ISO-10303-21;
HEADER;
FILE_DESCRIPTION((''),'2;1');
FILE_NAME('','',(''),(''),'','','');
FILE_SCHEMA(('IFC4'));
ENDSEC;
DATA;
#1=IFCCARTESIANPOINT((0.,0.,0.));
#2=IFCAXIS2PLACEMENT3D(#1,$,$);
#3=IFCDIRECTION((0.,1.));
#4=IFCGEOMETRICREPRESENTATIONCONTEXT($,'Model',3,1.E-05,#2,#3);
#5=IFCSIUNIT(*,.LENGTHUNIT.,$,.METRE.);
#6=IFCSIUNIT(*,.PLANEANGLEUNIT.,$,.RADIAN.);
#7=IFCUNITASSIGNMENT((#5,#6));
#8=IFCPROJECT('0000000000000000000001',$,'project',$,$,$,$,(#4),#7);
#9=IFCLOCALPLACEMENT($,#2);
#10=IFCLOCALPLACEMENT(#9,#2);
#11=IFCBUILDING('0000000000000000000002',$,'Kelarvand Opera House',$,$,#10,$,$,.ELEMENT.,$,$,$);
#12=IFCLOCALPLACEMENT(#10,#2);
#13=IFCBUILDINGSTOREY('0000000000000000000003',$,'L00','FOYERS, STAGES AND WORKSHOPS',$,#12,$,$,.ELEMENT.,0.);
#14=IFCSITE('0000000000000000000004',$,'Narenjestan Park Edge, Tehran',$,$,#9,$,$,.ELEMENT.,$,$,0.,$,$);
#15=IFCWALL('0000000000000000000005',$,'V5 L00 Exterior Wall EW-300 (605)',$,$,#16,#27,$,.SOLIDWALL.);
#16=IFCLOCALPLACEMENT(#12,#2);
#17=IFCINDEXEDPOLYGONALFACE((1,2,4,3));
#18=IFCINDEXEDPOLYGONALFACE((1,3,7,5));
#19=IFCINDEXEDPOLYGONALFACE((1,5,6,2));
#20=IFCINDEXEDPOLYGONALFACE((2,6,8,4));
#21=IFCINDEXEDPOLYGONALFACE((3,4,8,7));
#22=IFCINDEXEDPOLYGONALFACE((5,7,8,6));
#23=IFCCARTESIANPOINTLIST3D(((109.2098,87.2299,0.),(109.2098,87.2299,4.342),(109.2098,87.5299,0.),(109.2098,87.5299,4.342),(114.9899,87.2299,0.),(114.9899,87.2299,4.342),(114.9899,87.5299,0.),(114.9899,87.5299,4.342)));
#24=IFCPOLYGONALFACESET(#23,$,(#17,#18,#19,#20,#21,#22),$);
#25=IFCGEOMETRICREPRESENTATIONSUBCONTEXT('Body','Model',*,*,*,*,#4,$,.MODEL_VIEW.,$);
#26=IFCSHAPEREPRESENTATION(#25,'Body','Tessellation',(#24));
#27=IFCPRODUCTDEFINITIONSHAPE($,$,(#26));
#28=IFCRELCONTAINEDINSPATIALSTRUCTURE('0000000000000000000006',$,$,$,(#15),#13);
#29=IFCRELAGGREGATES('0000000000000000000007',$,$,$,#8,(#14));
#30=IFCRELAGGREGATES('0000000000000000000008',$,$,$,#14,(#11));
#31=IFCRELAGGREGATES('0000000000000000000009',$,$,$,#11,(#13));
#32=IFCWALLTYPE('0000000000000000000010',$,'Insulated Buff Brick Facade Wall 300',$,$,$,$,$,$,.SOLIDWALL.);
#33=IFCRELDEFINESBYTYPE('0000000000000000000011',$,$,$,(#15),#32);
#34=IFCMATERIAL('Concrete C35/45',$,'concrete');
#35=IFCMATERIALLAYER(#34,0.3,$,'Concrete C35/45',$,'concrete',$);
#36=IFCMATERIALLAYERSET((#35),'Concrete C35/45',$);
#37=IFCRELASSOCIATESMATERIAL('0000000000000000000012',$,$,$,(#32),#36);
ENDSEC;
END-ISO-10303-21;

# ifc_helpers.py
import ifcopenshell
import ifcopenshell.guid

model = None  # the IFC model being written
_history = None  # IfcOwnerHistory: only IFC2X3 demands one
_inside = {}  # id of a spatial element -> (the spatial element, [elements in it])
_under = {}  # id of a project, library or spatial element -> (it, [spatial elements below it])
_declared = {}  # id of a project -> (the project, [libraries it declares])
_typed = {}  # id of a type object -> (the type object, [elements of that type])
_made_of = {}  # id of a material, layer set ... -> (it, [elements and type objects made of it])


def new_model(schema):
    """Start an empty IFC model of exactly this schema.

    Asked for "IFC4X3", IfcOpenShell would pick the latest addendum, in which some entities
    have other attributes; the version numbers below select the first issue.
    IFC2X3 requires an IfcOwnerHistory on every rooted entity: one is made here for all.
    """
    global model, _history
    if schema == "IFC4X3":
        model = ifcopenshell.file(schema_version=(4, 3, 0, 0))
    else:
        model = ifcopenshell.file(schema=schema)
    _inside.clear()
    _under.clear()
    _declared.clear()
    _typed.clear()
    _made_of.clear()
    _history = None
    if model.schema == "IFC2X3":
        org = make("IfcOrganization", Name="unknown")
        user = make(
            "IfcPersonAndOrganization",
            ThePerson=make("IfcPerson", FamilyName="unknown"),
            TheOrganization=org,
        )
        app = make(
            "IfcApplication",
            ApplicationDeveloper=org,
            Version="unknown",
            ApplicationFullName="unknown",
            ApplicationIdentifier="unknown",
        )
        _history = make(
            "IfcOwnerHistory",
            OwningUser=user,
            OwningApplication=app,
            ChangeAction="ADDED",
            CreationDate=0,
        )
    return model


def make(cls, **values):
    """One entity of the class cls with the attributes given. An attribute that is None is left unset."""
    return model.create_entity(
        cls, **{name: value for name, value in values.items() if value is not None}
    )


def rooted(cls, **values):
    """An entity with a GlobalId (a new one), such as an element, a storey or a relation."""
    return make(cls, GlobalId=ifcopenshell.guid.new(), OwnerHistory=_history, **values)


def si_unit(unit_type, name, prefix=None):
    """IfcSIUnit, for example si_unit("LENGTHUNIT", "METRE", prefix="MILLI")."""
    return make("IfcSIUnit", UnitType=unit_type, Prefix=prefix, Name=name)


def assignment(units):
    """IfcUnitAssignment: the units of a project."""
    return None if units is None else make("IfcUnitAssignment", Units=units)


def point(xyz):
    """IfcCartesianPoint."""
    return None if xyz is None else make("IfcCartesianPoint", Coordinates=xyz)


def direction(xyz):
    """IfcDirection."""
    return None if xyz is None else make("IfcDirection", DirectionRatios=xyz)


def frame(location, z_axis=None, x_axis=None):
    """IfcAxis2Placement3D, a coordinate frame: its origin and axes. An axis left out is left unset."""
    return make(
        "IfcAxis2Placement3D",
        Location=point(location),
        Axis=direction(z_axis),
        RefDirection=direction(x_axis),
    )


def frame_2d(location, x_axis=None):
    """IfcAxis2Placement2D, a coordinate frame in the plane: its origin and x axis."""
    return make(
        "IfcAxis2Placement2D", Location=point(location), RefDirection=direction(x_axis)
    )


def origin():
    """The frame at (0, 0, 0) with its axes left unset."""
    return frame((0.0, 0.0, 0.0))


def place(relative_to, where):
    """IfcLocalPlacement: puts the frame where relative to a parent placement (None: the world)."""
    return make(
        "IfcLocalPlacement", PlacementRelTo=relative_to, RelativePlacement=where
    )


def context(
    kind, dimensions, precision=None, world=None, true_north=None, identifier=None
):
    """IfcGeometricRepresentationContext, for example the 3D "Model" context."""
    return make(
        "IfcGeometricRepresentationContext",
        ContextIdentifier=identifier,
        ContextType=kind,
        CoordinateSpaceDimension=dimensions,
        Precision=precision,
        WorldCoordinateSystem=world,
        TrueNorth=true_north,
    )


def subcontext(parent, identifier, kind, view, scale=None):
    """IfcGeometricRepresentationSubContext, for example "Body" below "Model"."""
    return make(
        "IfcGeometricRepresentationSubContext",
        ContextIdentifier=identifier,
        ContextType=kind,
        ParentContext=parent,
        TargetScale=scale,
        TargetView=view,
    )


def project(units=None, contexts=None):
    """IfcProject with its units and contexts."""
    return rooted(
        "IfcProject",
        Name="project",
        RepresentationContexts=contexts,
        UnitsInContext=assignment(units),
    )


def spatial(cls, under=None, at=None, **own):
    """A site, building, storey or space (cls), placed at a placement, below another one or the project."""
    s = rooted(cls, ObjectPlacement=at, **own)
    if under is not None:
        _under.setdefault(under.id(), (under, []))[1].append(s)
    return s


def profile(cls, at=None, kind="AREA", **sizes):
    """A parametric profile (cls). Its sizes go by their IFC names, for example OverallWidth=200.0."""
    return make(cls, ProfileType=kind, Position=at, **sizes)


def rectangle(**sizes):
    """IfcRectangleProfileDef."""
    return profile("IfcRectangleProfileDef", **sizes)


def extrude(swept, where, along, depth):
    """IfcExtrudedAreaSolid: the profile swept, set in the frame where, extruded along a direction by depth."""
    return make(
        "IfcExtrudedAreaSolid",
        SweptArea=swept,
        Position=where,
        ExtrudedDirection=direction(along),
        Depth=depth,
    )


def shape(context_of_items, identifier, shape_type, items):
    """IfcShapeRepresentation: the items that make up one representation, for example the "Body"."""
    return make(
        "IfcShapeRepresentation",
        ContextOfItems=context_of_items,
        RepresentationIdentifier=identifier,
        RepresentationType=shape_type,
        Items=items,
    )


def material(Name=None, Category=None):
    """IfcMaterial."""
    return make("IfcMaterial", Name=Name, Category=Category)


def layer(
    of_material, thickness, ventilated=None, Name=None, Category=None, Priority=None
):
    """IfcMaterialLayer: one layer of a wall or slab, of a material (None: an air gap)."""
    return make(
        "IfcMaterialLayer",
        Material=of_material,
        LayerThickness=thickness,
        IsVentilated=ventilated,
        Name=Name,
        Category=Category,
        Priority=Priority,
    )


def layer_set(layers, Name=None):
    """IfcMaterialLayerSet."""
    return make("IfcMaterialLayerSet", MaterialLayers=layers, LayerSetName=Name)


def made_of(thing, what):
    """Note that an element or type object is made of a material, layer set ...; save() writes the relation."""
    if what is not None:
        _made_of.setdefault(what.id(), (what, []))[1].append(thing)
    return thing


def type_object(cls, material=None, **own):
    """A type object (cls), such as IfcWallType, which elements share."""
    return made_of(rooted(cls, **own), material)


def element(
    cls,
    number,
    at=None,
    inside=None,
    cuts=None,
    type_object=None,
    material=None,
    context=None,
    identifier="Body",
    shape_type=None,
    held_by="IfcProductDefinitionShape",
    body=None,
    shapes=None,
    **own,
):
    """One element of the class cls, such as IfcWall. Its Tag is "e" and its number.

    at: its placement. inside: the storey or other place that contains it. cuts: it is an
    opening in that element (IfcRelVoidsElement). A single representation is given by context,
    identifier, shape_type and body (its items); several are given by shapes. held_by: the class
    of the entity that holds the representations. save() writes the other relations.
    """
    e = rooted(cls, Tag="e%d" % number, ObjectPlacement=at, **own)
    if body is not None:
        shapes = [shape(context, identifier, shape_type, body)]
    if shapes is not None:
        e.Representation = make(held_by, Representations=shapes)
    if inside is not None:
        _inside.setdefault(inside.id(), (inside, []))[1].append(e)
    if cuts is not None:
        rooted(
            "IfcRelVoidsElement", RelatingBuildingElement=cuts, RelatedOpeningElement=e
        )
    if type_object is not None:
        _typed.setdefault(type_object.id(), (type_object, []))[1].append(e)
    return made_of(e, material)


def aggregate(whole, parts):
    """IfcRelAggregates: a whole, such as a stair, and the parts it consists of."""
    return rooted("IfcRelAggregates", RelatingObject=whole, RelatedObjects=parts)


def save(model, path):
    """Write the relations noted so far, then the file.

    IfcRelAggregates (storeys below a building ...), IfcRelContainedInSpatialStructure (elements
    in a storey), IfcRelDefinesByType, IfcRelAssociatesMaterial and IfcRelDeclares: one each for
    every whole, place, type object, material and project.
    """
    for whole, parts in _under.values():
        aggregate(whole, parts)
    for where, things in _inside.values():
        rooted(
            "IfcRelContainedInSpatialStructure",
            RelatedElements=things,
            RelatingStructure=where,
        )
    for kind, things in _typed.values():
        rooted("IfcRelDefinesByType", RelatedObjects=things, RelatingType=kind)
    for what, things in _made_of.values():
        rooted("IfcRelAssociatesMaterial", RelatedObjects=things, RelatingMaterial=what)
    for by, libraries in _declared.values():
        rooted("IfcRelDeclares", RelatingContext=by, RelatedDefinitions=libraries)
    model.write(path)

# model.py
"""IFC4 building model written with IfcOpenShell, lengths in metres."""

from ifc_helpers import new_model, si_unit, direction, frame, frame_2d, origin, place, context, subcontext, project, spatial, rectangle, extrude, material, layer, layer_set, type_object, element, save


model = new_model("IFC4")

# Units and contexts
model_context = context("Model", 3, precision=1e-05, world=origin(), true_north=direction((0.0, 1.0)))
body_context = subcontext(model_context, "Body", "Model", "MODEL_VIEW")
ifc_project = project(units=[si_unit("LENGTHUNIT", "METRE"), si_unit("PLANEANGLEUNIT", "RADIAN")], contexts=[model_context])

# Site, building, storey
site_placement = place(None, origin())
site = spatial("IfcSite", under=ifc_project, at=site_placement, Name="Narenjestan Park Edge, Tehran", CompositionType="ELEMENT", RefElevation=0.0)
building_placement = place(site_placement, origin())
building = spatial("IfcBuilding", under=site, at=building_placement, Name="Kelarvand Opera House", CompositionType="ELEMENT")
storey_placement = place(building_placement, origin())
storey = spatial("IfcBuildingStorey", under=building, at=storey_placement, Name="L00", Description="FOYERS, STAGES AND WORKSHOPS", CompositionType="ELEMENT", Elevation=0.0)

# Shared definitions
ifc_material_1 = material(Name="Concrete C35/45", Category="concrete")

# Wall
ifc_layer_1 = layer(ifc_material_1, 0.3, Name="Concrete C35/45", Category="concrete")
ifc_layer_set_1 = layer_set([ifc_layer_1], Name="Concrete C35/45")
wall_type_1 = type_object("IfcWallType", Name="Insulated Buff Brick Facade Wall 300", PredefinedType="SOLIDWALL", material=ifc_layer_set_1)
wall_1_placement = place(storey_placement, frame((114.99, 87.3799, 0.0), z_axis=(0.0, 0.0, 1.0), x_axis=(-1.0, 0.0, 0.0)))
element("IfcWall", 1, at=wall_1_placement, inside=storey, type_object=wall_type_1, Name="V5 L00 Exterior Wall EW-300 (605)", PredefinedType="SOLIDWALL", context=body_context, shape_type="SweptSolid", body=[
    extrude(rectangle(XDim=5.78, YDim=0.3, at=frame_2d((2.8901, 0.0))), origin(), (0.0, 0.0, 1.0), 4.342),
])

save(model, "model.ifc")
